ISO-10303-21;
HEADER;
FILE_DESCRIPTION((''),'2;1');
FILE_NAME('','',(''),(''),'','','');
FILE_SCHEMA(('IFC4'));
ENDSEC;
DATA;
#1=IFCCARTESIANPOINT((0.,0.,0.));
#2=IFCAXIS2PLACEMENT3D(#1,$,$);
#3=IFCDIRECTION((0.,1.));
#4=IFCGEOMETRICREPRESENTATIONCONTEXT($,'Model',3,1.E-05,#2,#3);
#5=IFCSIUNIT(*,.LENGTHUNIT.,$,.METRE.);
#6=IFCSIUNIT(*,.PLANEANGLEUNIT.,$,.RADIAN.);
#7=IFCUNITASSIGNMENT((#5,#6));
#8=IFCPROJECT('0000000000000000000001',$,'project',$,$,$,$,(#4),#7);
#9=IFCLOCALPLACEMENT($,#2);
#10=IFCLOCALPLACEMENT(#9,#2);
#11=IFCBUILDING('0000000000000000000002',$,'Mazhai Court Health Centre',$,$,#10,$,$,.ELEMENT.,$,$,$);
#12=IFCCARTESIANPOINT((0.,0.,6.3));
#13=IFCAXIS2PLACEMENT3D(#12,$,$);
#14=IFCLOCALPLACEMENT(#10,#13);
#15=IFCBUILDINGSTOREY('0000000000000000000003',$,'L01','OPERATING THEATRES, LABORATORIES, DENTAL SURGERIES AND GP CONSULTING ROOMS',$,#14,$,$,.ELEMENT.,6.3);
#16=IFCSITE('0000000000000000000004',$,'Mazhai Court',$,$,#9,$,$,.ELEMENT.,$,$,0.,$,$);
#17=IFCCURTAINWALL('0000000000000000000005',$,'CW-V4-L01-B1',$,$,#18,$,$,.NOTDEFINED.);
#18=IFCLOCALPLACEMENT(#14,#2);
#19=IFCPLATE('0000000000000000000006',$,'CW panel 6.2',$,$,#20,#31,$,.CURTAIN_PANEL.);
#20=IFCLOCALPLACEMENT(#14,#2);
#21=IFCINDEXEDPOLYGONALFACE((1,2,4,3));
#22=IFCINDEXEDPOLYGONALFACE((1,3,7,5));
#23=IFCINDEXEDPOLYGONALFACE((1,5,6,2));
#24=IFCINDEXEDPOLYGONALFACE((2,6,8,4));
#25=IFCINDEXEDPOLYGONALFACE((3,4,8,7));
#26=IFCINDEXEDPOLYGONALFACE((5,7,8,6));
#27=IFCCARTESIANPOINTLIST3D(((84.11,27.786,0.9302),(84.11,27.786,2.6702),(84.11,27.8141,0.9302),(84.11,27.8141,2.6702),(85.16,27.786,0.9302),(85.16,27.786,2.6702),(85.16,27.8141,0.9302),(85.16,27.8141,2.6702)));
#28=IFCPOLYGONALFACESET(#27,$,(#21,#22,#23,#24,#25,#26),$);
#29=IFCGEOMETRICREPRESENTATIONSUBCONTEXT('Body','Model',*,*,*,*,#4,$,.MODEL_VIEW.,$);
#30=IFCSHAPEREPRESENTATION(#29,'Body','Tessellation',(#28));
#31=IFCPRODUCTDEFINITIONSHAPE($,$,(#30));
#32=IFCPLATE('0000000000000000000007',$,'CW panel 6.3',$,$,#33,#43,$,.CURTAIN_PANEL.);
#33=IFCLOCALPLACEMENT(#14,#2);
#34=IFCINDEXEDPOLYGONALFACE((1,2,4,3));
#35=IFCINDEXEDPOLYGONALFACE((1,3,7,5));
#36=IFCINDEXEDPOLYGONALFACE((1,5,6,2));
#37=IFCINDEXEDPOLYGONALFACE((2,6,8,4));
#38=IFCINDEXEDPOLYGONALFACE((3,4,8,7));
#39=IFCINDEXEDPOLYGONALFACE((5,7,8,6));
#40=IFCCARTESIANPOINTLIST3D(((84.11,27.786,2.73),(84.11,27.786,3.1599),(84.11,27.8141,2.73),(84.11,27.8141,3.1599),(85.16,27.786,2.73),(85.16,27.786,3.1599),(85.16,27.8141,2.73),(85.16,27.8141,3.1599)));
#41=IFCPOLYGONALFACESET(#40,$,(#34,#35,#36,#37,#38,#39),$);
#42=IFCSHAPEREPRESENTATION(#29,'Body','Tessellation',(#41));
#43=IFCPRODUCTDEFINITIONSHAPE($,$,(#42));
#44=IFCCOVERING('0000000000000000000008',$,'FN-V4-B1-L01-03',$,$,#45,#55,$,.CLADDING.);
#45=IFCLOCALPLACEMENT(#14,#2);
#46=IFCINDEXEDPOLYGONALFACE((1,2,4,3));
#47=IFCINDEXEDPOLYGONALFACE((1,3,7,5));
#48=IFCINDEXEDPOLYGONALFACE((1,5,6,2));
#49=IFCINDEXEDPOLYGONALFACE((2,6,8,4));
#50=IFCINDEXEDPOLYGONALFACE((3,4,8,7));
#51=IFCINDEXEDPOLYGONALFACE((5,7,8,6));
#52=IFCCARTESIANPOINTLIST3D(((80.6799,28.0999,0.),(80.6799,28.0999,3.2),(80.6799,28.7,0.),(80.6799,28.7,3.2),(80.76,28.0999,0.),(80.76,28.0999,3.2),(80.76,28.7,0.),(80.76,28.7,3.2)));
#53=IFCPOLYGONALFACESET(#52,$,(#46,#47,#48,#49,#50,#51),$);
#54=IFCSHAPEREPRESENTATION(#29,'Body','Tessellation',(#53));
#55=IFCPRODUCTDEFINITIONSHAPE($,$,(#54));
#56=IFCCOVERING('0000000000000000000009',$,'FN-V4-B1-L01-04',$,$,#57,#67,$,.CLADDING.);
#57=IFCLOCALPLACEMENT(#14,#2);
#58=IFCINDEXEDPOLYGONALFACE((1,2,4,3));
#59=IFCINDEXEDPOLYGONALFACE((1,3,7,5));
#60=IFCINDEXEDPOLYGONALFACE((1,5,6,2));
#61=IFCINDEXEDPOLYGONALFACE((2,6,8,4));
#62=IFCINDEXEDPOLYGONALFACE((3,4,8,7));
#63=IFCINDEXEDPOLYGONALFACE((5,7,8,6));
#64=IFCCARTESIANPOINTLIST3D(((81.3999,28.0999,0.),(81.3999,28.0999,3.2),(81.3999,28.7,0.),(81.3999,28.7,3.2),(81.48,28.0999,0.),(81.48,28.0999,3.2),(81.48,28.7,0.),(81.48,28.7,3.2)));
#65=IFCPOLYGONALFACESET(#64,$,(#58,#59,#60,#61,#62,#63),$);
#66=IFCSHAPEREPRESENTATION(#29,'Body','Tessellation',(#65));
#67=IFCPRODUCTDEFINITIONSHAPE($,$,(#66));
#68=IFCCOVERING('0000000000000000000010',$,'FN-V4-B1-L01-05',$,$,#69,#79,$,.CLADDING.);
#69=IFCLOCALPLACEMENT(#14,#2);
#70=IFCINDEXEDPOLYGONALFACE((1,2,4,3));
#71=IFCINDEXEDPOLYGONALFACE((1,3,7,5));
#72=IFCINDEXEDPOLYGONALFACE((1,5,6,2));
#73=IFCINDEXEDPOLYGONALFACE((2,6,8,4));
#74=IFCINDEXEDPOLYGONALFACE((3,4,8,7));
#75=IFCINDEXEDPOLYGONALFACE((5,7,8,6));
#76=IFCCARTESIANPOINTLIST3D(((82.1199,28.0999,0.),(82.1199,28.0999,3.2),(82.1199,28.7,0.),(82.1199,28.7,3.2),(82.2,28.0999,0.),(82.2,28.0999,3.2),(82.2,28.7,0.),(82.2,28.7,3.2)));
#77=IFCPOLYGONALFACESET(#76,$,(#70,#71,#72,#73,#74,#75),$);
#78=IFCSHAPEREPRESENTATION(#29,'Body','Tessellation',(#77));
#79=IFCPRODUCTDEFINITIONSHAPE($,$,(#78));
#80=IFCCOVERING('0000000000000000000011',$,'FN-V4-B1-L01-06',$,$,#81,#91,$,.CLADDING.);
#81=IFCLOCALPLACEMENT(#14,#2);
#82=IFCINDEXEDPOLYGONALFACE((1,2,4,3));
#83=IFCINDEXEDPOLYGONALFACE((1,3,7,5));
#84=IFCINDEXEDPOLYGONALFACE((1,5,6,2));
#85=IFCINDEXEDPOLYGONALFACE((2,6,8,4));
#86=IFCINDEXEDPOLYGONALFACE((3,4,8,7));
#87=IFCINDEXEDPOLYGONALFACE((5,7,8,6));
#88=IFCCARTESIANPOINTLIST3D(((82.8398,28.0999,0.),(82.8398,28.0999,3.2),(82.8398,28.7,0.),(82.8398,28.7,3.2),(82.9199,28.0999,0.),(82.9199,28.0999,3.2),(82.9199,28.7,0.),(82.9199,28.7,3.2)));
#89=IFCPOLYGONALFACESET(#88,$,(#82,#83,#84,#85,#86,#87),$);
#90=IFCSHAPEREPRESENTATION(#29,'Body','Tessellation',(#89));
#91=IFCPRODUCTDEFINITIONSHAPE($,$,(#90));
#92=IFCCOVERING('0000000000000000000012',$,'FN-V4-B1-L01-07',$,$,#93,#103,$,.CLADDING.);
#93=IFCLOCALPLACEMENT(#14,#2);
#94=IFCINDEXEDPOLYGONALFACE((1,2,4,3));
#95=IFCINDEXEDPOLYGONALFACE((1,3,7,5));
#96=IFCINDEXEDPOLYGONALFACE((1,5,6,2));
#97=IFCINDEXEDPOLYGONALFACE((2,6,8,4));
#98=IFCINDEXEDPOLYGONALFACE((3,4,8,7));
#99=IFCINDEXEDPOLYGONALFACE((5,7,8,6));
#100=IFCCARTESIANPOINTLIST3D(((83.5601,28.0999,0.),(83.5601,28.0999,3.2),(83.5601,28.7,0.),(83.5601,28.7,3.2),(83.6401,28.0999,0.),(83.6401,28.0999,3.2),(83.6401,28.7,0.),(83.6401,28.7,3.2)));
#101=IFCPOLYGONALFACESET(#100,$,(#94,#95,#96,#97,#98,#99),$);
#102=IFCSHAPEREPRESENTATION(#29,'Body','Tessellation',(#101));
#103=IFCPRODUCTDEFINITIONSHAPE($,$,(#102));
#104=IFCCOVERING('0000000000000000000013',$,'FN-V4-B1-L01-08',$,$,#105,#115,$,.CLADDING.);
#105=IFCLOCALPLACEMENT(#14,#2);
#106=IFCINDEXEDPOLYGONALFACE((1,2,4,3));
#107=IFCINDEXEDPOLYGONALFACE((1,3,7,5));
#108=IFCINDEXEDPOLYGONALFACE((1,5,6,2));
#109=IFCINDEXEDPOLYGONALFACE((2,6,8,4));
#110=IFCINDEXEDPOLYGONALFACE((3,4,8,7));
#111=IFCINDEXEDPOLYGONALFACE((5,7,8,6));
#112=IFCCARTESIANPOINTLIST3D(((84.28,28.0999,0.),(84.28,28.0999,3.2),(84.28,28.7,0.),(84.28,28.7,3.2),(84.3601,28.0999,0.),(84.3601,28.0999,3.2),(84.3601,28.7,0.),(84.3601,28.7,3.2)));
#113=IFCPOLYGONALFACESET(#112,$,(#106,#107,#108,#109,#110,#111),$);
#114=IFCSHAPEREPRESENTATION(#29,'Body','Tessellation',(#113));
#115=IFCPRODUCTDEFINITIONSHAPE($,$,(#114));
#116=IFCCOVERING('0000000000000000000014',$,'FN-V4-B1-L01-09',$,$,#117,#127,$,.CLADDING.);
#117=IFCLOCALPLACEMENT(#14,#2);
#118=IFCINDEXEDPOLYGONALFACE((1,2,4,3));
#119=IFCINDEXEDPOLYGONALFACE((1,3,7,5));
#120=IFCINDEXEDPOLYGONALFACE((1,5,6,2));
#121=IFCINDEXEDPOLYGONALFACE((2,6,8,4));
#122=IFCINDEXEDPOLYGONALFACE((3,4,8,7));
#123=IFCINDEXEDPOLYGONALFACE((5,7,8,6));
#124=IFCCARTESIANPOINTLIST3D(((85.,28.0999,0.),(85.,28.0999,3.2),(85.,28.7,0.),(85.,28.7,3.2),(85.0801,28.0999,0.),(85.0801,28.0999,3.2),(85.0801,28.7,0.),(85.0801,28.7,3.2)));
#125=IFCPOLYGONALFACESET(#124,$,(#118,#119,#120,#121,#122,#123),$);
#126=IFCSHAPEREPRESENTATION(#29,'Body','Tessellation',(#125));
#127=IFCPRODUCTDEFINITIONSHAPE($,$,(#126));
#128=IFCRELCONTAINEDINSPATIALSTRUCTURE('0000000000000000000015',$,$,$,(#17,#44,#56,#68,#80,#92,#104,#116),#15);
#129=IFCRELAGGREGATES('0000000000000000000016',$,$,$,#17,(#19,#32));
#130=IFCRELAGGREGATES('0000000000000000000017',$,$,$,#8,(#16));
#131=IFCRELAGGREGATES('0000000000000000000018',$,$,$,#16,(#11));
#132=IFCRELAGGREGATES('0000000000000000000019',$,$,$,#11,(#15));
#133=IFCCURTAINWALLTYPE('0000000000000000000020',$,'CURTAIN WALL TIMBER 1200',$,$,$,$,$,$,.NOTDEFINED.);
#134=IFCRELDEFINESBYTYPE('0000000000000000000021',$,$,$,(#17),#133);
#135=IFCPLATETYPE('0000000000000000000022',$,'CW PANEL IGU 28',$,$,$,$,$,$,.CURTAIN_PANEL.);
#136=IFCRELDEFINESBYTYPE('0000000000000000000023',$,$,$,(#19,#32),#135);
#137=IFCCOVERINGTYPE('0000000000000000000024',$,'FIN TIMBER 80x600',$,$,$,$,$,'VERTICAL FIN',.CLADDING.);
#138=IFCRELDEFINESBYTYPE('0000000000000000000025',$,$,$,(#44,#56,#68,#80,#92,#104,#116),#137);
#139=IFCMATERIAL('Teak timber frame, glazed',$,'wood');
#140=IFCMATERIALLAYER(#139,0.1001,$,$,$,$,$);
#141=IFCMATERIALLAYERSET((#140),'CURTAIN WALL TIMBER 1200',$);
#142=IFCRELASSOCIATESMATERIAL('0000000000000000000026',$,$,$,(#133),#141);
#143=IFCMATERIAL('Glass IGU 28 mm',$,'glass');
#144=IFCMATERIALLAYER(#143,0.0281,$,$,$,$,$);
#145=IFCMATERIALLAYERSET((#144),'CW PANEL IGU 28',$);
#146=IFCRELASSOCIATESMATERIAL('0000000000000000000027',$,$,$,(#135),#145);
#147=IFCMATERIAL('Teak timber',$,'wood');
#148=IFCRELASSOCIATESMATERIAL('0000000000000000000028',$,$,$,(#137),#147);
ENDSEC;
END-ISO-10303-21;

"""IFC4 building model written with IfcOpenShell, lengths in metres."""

from ifc_helpers import new_model, si_unit, direction, frame, origin, origin_2d, place, context, subcontext, project, spatial, rectangle, extrude, material, layer, layer_set, type_object, element, aggregate, save


model = new_model("IFC4")

# Units and contexts
model_context = context("Model", 3, precision=1e-05, world=origin(), true_north=direction((0.0, 1.0)))
body_context = subcontext(model_context, "Body", "Model", "MODEL_VIEW")
ifc_project = project(units=[si_unit("LENGTHUNIT", "METRE"), si_unit("PLANEANGLEUNIT", "RADIAN")], contexts=[model_context])

# Site, building, storey
site_placement = place(None, origin())
site = spatial("IfcSite", under=ifc_project, at=site_placement, Name="Mazhai Court", CompositionType="ELEMENT", RefElevation=0.0)
building_placement = place(site_placement, origin())
building = spatial("IfcBuilding", under=site, at=building_placement, Name="Mazhai Court Health Centre", CompositionType="ELEMENT")
storey_placement = place(building_placement, frame((0.0, 0.0, 6.3)))
storey = spatial("IfcBuildingStorey", under=building, at=storey_placement, Name="L01", Description="OPERATING THEATRES, LABORATORIES, DENTAL SURGERIES AND GP CONSULTING ROOMS", CompositionType="ELEMENT", Elevation=6.3)

# Curtain wall
ifc_material_1 = material(Name="Teak timber frame, glazed", Category="wood")
ifc_layer_1 = layer(ifc_material_1, 0.1001)
ifc_layer_set_1 = layer_set([ifc_layer_1], Name="CURTAIN WALL TIMBER 1200")
curtain_wall_type = type_object("IfcCurtainWallType", Name="CURTAIN WALL TIMBER 1200", PredefinedType="NOTDEFINED", material=ifc_layer_set_1)
curtain_wall_1_placement = place(storey_placement, origin())
curtain_wall_1 = element("IfcCurtainWall", 1, at=curtain_wall_1_placement, inside=storey, type_object=curtain_wall_type, Name="CW-V4-L01-B1", PredefinedType="NOTDEFINED")

# Plates
ifc_material_2 = material(Name="Glass IGU 28 mm", Category="glass")
ifc_layer_2 = layer(ifc_material_2, 0.0281)
ifc_layer_set_2 = layer_set([ifc_layer_2], Name="CW PANEL IGU 28")
plate_type = type_object("IfcPlateType", Name="CW PANEL IGU 28", PredefinedType="CURTAIN_PANEL", material=ifc_layer_set_2)
plate_1_placement = place(storey_placement, frame((84.635, 27.8, 0.9302), z_axis=(0.0, 0.0, 1.0), x_axis=(1.0, 0.0, 0.0)))
plate_1 = element("IfcPlate", 2, at=plate_1_placement, type_object=plate_type, Name="CW panel 6.2", PredefinedType="CURTAIN_PANEL", context=body_context, shape_type="SweptSolid", body=[
    extrude(rectangle(XDim=1.05, YDim=0.0281, at=origin_2d()), origin(), (0.0, 0.0, 1.0), 1.74),
])
plate_2_placement = place(storey_placement, frame((84.635, 27.8, 2.73), z_axis=(0.0, 0.0, 1.0), x_axis=(1.0, 0.0, 0.0)))
plate_2 = element("IfcPlate", 3, at=plate_2_placement, type_object=plate_type, Name="CW panel 6.3", PredefinedType="CURTAIN_PANEL", context=body_context, shape_type="SweptSolid", body=[
    extrude(rectangle(XDim=1.05, YDim=0.0281, at=origin_2d()), origin(), (0.0, 0.0, 1.0), 0.4299),
])
aggregate(curtain_wall_1, [plate_1, plate_2])

# Coverings
ifc_material_3 = material(Name="Teak timber", Category="wood")
covering_type = type_object("IfcCoveringType", Name="FIN TIMBER 80x600", ElementType="VERTICAL FIN", PredefinedType="CLADDING", material=ifc_material_3)
for number, where, z_axis, x_axis, name in (
    (4, (80.72, 28.3999, 0.0), (0.0, 0.0, 1.0), (1.0, 0.0, 0.0), "FN-V4-B1-L01-03"),
    (5, (81.4399, 28.3999, 0.0), (0.0, 0.0, 1.0), (1.0, 0.0, 0.0), "FN-V4-B1-L01-04"),
    (6, (82.1599, 28.3999, 0.0), (0.0, 0.0, 1.0), (1.0, 0.0, 0.0), "FN-V4-B1-L01-05"),
    (7, (82.8799, 28.3999, 0.0), (0.0, 0.0, 1.0), (1.0, 0.0, 0.0), "FN-V4-B1-L01-06"),
    (8, (83.6001, 28.3999, 0.0), (0.0, 0.0, 1.0), (1.0, 0.0, 0.0), "FN-V4-B1-L01-07"),
    (9, (84.3201, 28.3999, 0.0), (0.0, 0.0, 1.0), (1.0, 0.0, 0.0), "FN-V4-B1-L01-08"),
    (10, (85.04, 28.3999, 0.0), (0.0, 0.0, 1.0), (1.0, 0.0, 0.0), "FN-V4-B1-L01-09"),
):
    element("IfcCovering", number, at=place(storey_placement, frame(where, z_axis=z_axis, x_axis=x_axis)), inside=storey, type_object=covering_type, Name=name, PredefinedType="CLADDING", context=body_context, shape_type="SweptSolid", body=[
        extrude(rectangle(XDim=0.0801, YDim=0.6001, at=origin_2d()), origin(), (0.0, 0.0, 1.0), 3.2),
    ])

save(model, "model.ifc")
